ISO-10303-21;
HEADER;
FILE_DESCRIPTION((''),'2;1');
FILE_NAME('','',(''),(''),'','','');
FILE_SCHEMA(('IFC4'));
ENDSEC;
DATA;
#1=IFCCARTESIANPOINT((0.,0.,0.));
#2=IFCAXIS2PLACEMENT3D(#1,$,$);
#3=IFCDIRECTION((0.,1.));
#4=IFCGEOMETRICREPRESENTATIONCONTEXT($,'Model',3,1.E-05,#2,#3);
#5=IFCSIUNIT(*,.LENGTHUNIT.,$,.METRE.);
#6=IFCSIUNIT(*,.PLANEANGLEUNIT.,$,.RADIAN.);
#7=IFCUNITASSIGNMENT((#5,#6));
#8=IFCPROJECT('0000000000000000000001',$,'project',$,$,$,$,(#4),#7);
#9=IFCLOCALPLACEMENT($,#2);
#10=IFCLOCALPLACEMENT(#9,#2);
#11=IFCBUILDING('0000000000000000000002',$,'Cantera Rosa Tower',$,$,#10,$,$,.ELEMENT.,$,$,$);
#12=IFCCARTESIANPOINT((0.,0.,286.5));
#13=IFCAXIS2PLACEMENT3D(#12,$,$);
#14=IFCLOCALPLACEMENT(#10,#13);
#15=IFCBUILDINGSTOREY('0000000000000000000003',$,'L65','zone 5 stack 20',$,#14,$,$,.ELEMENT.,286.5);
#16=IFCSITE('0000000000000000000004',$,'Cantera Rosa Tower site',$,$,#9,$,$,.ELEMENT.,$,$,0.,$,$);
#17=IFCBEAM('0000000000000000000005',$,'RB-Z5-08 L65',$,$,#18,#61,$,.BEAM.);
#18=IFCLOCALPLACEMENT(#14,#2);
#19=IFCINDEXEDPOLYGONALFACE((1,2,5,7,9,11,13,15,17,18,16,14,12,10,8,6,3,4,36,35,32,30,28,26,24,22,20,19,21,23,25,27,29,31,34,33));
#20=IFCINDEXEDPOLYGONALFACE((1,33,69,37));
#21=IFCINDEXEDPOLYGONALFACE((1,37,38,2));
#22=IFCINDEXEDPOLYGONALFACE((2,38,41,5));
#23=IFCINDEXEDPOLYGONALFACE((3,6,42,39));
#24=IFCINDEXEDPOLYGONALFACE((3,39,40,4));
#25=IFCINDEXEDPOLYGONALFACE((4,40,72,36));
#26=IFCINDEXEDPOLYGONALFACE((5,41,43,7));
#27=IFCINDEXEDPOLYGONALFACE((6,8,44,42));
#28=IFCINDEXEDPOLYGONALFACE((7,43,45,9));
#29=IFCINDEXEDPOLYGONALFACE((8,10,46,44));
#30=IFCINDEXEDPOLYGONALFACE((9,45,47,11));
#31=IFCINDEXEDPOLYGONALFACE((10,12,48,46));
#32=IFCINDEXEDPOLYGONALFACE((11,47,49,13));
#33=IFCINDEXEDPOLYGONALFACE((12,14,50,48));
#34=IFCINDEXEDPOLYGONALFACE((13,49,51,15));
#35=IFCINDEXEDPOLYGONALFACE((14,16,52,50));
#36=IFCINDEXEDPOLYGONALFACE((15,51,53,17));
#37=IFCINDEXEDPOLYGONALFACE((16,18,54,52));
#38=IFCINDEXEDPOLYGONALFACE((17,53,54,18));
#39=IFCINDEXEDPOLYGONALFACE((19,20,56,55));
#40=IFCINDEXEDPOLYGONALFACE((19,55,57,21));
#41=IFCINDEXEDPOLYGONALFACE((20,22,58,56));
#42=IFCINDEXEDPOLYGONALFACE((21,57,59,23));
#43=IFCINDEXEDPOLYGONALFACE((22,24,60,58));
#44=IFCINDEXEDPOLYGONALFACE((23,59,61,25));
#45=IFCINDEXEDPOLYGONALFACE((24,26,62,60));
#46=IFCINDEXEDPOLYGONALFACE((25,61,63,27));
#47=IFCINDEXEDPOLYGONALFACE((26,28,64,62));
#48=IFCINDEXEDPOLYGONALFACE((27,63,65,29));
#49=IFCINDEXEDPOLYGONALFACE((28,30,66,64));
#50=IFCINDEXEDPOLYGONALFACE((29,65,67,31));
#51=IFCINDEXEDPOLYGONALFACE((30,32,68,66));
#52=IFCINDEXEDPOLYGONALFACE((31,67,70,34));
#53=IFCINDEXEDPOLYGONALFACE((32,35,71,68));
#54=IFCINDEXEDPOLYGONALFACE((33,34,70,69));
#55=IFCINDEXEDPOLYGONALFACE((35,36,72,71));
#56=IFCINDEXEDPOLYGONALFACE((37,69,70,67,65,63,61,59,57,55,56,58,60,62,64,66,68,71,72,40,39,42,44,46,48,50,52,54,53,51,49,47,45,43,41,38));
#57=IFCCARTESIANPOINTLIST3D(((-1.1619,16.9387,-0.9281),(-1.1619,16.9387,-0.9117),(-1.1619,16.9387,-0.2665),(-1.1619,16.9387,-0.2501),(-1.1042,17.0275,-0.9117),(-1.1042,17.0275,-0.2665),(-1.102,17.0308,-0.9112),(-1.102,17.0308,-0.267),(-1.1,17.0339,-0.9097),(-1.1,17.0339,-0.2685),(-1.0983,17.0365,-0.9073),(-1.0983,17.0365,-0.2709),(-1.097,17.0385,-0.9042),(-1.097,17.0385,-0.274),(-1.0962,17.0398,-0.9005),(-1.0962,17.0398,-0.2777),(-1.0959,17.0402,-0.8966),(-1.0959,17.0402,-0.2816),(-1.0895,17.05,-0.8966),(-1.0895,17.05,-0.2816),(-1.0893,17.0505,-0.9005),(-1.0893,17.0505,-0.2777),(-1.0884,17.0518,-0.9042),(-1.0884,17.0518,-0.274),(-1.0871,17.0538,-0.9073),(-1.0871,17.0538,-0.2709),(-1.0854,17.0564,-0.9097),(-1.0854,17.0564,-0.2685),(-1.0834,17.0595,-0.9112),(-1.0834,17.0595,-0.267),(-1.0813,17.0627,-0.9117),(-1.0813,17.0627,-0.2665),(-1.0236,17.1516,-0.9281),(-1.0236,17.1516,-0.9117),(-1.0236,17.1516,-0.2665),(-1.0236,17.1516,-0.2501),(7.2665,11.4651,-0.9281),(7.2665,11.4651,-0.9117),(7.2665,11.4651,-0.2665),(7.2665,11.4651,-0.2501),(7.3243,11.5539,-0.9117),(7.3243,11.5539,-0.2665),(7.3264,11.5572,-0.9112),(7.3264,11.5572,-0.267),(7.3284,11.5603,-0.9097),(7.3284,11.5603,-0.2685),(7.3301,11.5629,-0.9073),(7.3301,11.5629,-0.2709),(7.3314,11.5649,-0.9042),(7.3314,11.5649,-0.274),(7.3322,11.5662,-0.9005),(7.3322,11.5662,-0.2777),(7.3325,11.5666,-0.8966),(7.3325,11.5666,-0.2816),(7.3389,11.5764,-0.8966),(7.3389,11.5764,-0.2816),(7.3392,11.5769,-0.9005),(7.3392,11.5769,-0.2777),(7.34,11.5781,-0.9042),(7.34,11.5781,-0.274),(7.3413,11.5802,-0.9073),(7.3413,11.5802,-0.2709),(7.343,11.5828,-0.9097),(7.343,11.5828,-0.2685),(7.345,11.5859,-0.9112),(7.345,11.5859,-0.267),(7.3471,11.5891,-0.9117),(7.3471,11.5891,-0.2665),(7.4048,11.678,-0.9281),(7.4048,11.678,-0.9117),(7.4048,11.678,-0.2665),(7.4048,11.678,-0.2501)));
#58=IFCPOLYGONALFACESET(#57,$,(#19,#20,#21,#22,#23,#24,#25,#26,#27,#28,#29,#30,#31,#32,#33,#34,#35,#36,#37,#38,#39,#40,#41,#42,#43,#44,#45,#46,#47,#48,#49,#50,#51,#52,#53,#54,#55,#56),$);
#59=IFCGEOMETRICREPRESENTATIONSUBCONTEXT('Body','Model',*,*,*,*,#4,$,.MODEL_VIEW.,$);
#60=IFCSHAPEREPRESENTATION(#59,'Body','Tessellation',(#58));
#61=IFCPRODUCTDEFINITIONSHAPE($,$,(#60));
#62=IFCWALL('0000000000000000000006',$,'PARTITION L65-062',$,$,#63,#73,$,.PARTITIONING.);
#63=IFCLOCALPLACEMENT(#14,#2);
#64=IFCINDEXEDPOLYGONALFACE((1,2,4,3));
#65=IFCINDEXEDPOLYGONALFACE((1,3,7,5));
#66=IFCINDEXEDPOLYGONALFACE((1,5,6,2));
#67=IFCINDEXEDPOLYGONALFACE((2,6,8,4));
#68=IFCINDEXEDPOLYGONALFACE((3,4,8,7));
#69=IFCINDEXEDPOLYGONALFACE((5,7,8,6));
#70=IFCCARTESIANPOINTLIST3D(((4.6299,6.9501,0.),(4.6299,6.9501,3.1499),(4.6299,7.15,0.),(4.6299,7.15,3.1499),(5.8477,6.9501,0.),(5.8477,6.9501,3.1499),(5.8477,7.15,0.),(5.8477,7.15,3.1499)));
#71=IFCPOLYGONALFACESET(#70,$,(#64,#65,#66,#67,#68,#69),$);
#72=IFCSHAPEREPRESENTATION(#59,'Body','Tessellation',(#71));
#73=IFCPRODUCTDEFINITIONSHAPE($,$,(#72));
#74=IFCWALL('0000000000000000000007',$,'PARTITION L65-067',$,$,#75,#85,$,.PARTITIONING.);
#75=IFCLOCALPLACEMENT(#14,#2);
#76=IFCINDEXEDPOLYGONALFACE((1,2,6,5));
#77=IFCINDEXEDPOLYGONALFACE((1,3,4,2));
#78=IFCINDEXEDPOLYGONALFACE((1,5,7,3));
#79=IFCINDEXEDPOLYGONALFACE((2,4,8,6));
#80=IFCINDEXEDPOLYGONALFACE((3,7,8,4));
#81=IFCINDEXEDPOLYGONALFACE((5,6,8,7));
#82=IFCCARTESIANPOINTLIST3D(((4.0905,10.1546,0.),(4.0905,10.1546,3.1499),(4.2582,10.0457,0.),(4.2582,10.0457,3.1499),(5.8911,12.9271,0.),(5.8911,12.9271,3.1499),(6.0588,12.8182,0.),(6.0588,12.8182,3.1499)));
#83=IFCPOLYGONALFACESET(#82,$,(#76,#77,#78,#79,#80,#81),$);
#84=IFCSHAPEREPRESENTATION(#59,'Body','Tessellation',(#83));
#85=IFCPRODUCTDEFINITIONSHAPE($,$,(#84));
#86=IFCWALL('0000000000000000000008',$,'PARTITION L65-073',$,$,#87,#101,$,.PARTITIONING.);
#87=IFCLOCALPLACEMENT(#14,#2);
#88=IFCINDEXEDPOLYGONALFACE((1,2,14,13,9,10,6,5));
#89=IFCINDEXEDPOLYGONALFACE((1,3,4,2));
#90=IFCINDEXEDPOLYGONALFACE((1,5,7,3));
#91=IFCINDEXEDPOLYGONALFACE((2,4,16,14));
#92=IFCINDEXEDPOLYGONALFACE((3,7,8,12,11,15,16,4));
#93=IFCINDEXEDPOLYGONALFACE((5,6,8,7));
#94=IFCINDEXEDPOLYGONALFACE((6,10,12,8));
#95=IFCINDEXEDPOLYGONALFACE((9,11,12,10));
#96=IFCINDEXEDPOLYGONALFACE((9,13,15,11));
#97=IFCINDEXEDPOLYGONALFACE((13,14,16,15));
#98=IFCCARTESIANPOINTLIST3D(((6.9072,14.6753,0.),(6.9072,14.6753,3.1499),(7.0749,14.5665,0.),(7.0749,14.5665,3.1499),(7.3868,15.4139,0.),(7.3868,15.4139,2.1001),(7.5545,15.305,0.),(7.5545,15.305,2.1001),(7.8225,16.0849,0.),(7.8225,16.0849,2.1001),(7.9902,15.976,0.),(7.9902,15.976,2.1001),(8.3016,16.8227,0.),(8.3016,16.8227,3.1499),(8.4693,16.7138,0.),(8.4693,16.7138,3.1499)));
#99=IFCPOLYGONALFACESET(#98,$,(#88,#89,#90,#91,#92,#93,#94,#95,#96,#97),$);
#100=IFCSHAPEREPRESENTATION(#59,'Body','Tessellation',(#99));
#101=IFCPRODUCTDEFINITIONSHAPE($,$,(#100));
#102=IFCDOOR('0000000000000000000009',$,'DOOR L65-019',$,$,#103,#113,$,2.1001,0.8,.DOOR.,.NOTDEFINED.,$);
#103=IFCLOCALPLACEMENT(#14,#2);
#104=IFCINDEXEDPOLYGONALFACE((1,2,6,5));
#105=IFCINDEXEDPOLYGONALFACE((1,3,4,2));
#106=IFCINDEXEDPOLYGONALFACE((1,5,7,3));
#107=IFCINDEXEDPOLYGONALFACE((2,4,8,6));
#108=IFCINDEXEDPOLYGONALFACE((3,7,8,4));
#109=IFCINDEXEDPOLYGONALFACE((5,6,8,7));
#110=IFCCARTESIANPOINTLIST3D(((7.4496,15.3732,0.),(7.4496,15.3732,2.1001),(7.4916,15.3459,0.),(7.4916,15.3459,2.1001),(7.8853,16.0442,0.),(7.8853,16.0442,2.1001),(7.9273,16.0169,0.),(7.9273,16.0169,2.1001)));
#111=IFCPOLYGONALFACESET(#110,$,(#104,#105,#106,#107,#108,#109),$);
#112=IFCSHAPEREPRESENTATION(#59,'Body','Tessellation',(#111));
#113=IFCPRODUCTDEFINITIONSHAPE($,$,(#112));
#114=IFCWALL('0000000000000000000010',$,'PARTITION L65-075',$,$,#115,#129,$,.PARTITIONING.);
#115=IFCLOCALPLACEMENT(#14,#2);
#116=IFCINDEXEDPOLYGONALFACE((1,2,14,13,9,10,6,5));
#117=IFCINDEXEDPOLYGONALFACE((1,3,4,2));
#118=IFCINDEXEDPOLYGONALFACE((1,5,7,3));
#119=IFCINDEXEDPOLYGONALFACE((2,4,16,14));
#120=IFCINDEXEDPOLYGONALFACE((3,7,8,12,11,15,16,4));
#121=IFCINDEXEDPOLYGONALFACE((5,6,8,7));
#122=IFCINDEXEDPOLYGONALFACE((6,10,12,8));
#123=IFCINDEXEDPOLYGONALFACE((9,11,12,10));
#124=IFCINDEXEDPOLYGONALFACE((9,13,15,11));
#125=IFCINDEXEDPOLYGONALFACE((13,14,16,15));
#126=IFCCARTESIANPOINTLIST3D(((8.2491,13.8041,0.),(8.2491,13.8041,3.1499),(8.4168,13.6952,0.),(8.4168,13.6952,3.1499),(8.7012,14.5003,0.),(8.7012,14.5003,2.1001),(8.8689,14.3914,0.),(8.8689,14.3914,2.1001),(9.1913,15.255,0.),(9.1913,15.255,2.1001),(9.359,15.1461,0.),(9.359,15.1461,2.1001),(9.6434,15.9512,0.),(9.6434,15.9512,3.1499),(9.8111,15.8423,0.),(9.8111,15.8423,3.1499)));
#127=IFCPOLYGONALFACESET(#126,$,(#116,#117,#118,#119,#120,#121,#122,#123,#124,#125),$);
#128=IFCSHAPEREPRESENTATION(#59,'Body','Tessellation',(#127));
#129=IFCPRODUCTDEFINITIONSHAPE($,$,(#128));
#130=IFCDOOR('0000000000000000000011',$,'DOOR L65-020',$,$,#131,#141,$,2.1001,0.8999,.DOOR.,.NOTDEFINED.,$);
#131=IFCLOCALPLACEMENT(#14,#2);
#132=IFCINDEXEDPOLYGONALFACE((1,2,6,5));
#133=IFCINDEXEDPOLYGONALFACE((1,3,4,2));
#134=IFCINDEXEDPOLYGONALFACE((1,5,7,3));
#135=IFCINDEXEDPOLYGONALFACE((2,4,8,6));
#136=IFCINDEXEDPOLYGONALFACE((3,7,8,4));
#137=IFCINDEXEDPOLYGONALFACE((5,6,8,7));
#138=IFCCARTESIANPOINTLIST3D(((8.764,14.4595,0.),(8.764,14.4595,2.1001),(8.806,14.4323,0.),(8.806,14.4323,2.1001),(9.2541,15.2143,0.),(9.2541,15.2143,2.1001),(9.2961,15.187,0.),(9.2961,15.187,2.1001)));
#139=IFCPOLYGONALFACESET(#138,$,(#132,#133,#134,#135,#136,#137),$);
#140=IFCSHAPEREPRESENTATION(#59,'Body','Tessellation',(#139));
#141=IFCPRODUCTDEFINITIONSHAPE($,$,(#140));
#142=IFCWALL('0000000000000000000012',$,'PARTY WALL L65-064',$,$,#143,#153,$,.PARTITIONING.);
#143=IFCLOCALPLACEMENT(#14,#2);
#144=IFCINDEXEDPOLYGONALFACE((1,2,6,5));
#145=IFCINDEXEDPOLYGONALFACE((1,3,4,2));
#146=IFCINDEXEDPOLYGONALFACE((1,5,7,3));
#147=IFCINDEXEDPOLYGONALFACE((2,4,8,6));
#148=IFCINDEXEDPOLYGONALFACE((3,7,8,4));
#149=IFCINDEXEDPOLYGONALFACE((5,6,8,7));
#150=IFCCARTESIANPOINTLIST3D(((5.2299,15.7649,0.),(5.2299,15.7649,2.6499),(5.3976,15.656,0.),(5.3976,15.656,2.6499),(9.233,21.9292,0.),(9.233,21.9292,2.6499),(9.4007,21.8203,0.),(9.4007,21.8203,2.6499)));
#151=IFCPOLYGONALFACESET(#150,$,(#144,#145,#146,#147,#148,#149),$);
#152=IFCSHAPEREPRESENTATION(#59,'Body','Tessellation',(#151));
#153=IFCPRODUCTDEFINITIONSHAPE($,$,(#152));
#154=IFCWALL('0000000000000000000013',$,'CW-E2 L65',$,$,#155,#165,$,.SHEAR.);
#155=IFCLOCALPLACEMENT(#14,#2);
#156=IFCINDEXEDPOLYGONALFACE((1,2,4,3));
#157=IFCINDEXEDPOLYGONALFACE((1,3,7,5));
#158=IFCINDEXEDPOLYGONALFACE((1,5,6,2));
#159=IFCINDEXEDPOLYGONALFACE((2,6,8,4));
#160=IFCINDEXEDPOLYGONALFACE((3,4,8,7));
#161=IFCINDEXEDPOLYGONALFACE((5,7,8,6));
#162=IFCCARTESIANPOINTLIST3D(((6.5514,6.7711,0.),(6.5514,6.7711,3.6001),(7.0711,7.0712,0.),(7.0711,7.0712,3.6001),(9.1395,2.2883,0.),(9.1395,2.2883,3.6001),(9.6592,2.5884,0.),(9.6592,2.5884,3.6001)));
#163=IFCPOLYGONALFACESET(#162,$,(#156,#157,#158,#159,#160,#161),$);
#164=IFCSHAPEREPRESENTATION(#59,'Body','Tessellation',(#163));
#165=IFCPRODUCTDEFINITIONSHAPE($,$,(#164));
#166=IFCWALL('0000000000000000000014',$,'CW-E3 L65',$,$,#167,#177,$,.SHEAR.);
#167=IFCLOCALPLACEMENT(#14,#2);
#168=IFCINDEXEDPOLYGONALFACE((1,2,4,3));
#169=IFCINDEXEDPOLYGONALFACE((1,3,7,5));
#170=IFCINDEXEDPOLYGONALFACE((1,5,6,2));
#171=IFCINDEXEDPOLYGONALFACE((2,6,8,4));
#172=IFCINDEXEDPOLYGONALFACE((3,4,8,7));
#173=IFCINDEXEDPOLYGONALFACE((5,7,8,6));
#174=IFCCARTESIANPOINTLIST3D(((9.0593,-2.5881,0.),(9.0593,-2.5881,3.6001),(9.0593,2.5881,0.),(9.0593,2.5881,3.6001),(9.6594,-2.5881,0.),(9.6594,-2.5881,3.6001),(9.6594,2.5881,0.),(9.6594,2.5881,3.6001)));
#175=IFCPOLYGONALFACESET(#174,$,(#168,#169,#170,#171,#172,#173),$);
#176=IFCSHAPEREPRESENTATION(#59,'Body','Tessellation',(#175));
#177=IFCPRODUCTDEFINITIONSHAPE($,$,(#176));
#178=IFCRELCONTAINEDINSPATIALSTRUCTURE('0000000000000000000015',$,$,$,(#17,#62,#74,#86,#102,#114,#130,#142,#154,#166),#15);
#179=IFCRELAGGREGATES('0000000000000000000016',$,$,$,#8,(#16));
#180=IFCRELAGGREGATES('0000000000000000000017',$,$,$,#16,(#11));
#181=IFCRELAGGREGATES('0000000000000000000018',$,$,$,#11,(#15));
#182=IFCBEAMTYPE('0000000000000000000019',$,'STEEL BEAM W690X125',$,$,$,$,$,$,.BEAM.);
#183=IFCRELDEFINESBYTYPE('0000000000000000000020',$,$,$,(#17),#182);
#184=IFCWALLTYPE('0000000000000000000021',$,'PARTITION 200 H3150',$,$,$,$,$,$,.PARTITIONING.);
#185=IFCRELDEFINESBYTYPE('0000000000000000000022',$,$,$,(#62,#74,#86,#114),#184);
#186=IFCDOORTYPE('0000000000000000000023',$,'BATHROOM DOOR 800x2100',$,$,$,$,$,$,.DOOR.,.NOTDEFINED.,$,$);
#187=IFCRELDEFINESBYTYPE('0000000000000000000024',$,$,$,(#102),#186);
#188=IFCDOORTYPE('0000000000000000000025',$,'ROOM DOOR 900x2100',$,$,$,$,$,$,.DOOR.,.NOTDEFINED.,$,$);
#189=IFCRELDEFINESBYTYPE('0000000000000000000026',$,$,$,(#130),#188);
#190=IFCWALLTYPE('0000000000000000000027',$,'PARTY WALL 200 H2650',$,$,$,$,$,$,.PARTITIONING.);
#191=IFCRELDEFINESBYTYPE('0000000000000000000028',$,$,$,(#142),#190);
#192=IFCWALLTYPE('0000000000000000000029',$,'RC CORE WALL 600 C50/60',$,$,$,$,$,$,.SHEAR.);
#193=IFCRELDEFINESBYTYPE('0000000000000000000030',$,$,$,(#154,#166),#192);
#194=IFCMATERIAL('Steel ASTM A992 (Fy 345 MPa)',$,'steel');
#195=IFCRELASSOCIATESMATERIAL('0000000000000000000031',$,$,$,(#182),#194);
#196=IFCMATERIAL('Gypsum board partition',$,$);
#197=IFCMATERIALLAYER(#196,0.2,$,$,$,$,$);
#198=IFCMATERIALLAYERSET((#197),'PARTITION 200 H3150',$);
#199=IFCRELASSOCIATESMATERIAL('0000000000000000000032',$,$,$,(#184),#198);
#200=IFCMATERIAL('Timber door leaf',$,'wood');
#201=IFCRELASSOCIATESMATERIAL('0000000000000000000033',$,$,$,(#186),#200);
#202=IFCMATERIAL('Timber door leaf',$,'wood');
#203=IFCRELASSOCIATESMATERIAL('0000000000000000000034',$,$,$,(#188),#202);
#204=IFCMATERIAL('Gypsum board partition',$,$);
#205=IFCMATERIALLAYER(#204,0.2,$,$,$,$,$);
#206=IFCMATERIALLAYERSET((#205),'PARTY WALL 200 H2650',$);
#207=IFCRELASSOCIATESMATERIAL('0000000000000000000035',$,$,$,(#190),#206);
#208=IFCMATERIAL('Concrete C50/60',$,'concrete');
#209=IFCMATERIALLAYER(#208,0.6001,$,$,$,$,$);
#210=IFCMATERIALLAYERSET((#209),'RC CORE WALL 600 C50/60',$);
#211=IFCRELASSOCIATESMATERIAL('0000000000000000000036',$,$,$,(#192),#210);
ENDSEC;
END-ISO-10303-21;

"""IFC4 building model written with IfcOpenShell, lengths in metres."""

from ifc_helpers import new_model, si_unit, direction, frame, frame_2d, origin, origin_2d, place, context, subcontext, project, spatial, rectangle, i_section, extrude, material, layer, layer_set, material_profile, profile_set, type_object, element, fill, save


model = new_model("IFC4")

# Units and contexts
model_context = context("Model", 3, precision=1e-05, world=origin(), true_north=direction((0.0, 1.0)))
body_context = subcontext(model_context, "Body", "Model", "MODEL_VIEW")
ifc_project = project(units=[si_unit("LENGTHUNIT", "METRE"), si_unit("PLANEANGLEUNIT", "RADIAN")], contexts=[model_context])

# Site, building, storey
site_placement = place(None, origin())
site = spatial("IfcSite", under=ifc_project, at=site_placement, Name="Cantera Rosa Tower site", CompositionType="ELEMENT", RefElevation=0.0)
building_placement = place(site_placement, origin())
building = spatial("IfcBuilding", under=site, at=building_placement, Name="Cantera Rosa Tower", CompositionType="ELEMENT")
storey_placement = place(building_placement, frame((0.0, 0.0, 286.5)))
storey = spatial("IfcBuildingStorey", under=building, at=storey_placement, Name="L65", Description="zone 5 stack 20", CompositionType="ELEMENT", Elevation=286.5)

# Beam
ifc_material_1 = material(Name="Steel ASTM A992 (Fy 345 MPa)", Category="steel")
ifc_material_profile = material_profile(ifc_material_1, i_section(OverallWidth=0.2539, OverallDepth=0.678, WebThickness=0.0117, FlangeThickness=0.0164, FilletRadius=0.0151, at=origin_2d()), Name="W690X125")
ifc_profile_set = profile_set([ifc_material_profile], Name="Steel ASTM A992 (Fy 345 MPa)")
beam_type = type_object("IfcBeamType", Name="STEEL BEAM W690X125", PredefinedType="BEAM", material=ifc_profile_set)
beam_placement = place(storey_placement, frame((7.3357, 11.5715, -0.5891), z_axis=(-0.838665, 0.544648, 0.0), x_axis=(-0.544648, -0.838665, 0.0)))
element("IfcBeam", 1, at=beam_placement, inside=storey, type_object=beam_type, Name="RB-Z5-08 L65", PredefinedType="BEAM", context=body_context, shape_type="SweptSolid", body=[
    extrude(i_section(OverallWidth=0.2539, OverallDepth=0.678, WebThickness=0.0117, FlangeThickness=0.0164, FilletRadius=0.0151, at=origin_2d()), origin(), (0.0, 0.0, 1.0), 10.0498),
])

# Walls
ifc_material_2 = material(Name="Gypsum board partition")
ifc_layer_1 = layer(ifc_material_2, 0.2)
ifc_layer_set_1 = layer_set([ifc_layer_1], Name="PARTITION 200 H3150")
wall_type_1 = type_object("IfcWallType", Name="PARTITION 200 H3150", PredefinedType="PARTITIONING", material=ifc_layer_set_1)
wall_1_placement = place(storey_placement, frame((4.6299, 7.05, 0.0), z_axis=(0.0, 0.0, 1.0), x_axis=(1.0, 0.0, 0.0)))
element("IfcWall", 2, at=wall_1_placement, inside=storey, type_object=wall_type_1, Name="PARTITION L65-062", PredefinedType="PARTITIONING", context=body_context, shape_type="SweptSolid", body=[
    extrude(rectangle(XDim=1.2178, YDim=0.2, at=frame_2d((0.6089, 0.0))), origin(), (0.0, 0.0, 1.0), 3.1499),
])
wall_2_placement = place(storey_placement, frame((5.9749, 12.8726, 0.0), z_axis=(0.0, 0.0, 1.0), x_axis=(-0.544656, -0.83866, 0.0)))
element("IfcWall", 3, at=wall_2_placement, inside=storey, type_object=wall_type_1, Name="PARTITION L65-067", PredefinedType="PARTITIONING", context=body_context, shape_type="SweptSolid", body=[
    extrude(rectangle(XDim=3.3059, YDim=0.2, at=frame_2d((1.6528, 0.0))), origin(), (0.0, 0.0, 1.0), 3.1499),
])

# Walls, openings, doors
wall_3_placement = place(storey_placement, frame((8.3855, 16.7683, 0.0), z_axis=(0.0, 0.0, 1.0), x_axis=(-0.544603, -0.838694, 0.0)))
wall_3 = element("IfcWall", 4, at=wall_3_placement, inside=storey, type_object=wall_type_1, Name="PARTITION L65-073", PredefinedType="PARTITIONING", context=body_context, shape_type="SweptSolid", body=[
    extrude(rectangle(XDim=2.5603, YDim=0.2, at=frame_2d((1.2803, 0.0))), origin(), (0.0, 0.0, 1.0), 3.1499),
])
opening_1_placement = place(wall_3_placement, frame((0.8799, 0.0, 0.0)))
opening_1 = element("IfcOpeningElement", 5, at=opening_1_placement, cuts=wall_3, PredefinedType="OPENING", context=body_context, shape_type="SweptSolid", body=[
    extrude(rectangle(XDim=0.8, YDim=2.1001, at=frame_2d((0.3999, 1.05))), frame((0.0, 0.1099, 0.0), z_axis=(0.0, -1.0, 0.0), x_axis=(1.0, 0.0, 0.0)), (0.0, 0.0, 1.0), 0.22),
])
ifc_material_3 = material(Name="Timber door leaf", Category="wood")
door_type_1 = type_object("IfcDoorType", Name="BATHROOM DOOR 800x2100", OperationType="NOTDEFINED", PredefinedType="DOOR", material=ifc_material_3)
door_1_placement = place(opening_1_placement, origin())
door_1 = element("IfcDoor", 6, at=door_1_placement, inside=storey, type_object=door_type_1, Name="DOOR L65-019", OperationType="NOTDEFINED", OverallHeight=2.1001, OverallWidth=0.8, PredefinedType="DOOR", context=body_context, shape_type="SweptSolid", body=[
    extrude(rectangle(XDim=0.8, YDim=2.1001, at=frame_2d((0.3999, 1.05))), frame((0.0, 0.0249, 0.0), z_axis=(0.0, -1.0, 0.0), x_axis=(1.0, 0.0, 0.0)), (0.0, 0.0, 1.0), 0.05),
])
fill(opening_1, door_1)
wall_4_placement = place(storey_placement, frame((9.7273, 15.8967, 0.0), z_axis=(0.0, 0.0, 1.0), x_axis=(-0.544646, -0.838666, 0.0)))
wall_4 = element("IfcWall", 7, at=wall_4_placement, inside=storey, type_object=wall_type_1, Name="PARTITION L65-075", PredefinedType="PARTITIONING", context=body_context, shape_type="SweptSolid", body=[
    extrude(rectangle(XDim=2.5601, YDim=0.2, at=frame_2d((1.28, 0.0))), origin(), (0.0, 0.0, 1.0), 3.1499),
])
opening_2_placement = place(wall_4_placement, frame((0.8301, 0.0, 0.0)))
opening_2 = element("IfcOpeningElement", 8, at=opening_2_placement, cuts=wall_4, PredefinedType="OPENING", context=body_context, shape_type="SweptSolid", body=[
    extrude(rectangle(XDim=0.8999, YDim=2.1001, at=frame_2d((0.45, 1.05))), frame((0.0, 0.1099, 0.0), z_axis=(0.0, -1.0, 0.0), x_axis=(1.0, 0.0, 0.0)), (0.0, 0.0, 1.0), 0.22),
])
ifc_material_4 = material(Name="Timber door leaf", Category="wood")
door_type_2 = type_object("IfcDoorType", Name="ROOM DOOR 900x2100", OperationType="NOTDEFINED", PredefinedType="DOOR", material=ifc_material_4)
door_2_placement = place(opening_2_placement, origin())
door_2 = element("IfcDoor", 9, at=door_2_placement, inside=storey, type_object=door_type_2, Name="DOOR L65-020", OperationType="NOTDEFINED", OverallHeight=2.1001, OverallWidth=0.8999, PredefinedType="DOOR", context=body_context, shape_type="SweptSolid", body=[
    extrude(rectangle(XDim=0.8999, YDim=2.1001, at=frame_2d((0.45, 1.05))), frame((0.0, 0.0249, 0.0), z_axis=(0.0, -1.0, 0.0), x_axis=(1.0, 0.0, 0.0)), (0.0, 0.0, 1.0), 0.05),
])
fill(opening_2, door_2)

# Walls
ifc_material_5 = material(Name="Gypsum board partition")
ifc_layer_2 = layer(ifc_material_5, 0.2)
ifc_layer_set_2 = layer_set([ifc_layer_2], Name="PARTY WALL 200 H2650")
wall_type_2 = type_object("IfcWallType", Name="PARTY WALL 200 H2650", PredefinedType="PARTITIONING", material=ifc_layer_set_2)
wall_5_placement = place(storey_placement, frame((5.3137, 15.7104, 0.0), z_axis=(0.0, 0.0, 1.0), x_axis=(0.544642, 0.838669, 0.0)))
element("IfcWall", 10, at=wall_5_placement, inside=storey, type_object=wall_type_2, Name="PARTY WALL L65-064", PredefinedType="PARTITIONING", context=body_context, shape_type="SweptSolid", body=[
    extrude(rectangle(XDim=7.3501, YDim=0.2, at=frame_2d((3.675, 0.0))), origin(), (0.0, 0.0, 1.0), 2.6499),
])
ifc_material_6 = material(Name="Concrete C50/60", Category="concrete")
ifc_layer_3 = layer(ifc_material_6, 0.6001)
ifc_layer_set_3 = layer_set([ifc_layer_3], Name="RC CORE WALL 600 C50/60")
wall_type_3 = type_object("IfcWallType", Name="RC CORE WALL 600 C50/60", PredefinedType="SHEAR", material=ifc_layer_set_3)
for number, where, z_axis, x_axis, name in (
    (11, (6.8113, 6.9211, 0.0), (0.0, 0.0, 1.0), (0.499989, -0.866032, 0.0), "CW-E2 L65"),
    (12, (9.3594, 2.5881, 0.0), (0.0, 0.0, 1.0), (0.0, -1.0, 0.0), "CW-E3 L65"),
):
    element("IfcWall", number, at=place(storey_placement, frame(where, z_axis=z_axis, x_axis=x_axis)), inside=storey, type_object=wall_type_3, Name=name, PredefinedType="SHEAR", context=body_context, shape_type="SweptSolid", body=[
        extrude(rectangle(XDim=5.1763, YDim=0.6001, at=frame_2d((2.5881, 0.0))), origin(), (0.0, 0.0, 1.0), 3.6001),
    ])

save(model, "model.ifc")
